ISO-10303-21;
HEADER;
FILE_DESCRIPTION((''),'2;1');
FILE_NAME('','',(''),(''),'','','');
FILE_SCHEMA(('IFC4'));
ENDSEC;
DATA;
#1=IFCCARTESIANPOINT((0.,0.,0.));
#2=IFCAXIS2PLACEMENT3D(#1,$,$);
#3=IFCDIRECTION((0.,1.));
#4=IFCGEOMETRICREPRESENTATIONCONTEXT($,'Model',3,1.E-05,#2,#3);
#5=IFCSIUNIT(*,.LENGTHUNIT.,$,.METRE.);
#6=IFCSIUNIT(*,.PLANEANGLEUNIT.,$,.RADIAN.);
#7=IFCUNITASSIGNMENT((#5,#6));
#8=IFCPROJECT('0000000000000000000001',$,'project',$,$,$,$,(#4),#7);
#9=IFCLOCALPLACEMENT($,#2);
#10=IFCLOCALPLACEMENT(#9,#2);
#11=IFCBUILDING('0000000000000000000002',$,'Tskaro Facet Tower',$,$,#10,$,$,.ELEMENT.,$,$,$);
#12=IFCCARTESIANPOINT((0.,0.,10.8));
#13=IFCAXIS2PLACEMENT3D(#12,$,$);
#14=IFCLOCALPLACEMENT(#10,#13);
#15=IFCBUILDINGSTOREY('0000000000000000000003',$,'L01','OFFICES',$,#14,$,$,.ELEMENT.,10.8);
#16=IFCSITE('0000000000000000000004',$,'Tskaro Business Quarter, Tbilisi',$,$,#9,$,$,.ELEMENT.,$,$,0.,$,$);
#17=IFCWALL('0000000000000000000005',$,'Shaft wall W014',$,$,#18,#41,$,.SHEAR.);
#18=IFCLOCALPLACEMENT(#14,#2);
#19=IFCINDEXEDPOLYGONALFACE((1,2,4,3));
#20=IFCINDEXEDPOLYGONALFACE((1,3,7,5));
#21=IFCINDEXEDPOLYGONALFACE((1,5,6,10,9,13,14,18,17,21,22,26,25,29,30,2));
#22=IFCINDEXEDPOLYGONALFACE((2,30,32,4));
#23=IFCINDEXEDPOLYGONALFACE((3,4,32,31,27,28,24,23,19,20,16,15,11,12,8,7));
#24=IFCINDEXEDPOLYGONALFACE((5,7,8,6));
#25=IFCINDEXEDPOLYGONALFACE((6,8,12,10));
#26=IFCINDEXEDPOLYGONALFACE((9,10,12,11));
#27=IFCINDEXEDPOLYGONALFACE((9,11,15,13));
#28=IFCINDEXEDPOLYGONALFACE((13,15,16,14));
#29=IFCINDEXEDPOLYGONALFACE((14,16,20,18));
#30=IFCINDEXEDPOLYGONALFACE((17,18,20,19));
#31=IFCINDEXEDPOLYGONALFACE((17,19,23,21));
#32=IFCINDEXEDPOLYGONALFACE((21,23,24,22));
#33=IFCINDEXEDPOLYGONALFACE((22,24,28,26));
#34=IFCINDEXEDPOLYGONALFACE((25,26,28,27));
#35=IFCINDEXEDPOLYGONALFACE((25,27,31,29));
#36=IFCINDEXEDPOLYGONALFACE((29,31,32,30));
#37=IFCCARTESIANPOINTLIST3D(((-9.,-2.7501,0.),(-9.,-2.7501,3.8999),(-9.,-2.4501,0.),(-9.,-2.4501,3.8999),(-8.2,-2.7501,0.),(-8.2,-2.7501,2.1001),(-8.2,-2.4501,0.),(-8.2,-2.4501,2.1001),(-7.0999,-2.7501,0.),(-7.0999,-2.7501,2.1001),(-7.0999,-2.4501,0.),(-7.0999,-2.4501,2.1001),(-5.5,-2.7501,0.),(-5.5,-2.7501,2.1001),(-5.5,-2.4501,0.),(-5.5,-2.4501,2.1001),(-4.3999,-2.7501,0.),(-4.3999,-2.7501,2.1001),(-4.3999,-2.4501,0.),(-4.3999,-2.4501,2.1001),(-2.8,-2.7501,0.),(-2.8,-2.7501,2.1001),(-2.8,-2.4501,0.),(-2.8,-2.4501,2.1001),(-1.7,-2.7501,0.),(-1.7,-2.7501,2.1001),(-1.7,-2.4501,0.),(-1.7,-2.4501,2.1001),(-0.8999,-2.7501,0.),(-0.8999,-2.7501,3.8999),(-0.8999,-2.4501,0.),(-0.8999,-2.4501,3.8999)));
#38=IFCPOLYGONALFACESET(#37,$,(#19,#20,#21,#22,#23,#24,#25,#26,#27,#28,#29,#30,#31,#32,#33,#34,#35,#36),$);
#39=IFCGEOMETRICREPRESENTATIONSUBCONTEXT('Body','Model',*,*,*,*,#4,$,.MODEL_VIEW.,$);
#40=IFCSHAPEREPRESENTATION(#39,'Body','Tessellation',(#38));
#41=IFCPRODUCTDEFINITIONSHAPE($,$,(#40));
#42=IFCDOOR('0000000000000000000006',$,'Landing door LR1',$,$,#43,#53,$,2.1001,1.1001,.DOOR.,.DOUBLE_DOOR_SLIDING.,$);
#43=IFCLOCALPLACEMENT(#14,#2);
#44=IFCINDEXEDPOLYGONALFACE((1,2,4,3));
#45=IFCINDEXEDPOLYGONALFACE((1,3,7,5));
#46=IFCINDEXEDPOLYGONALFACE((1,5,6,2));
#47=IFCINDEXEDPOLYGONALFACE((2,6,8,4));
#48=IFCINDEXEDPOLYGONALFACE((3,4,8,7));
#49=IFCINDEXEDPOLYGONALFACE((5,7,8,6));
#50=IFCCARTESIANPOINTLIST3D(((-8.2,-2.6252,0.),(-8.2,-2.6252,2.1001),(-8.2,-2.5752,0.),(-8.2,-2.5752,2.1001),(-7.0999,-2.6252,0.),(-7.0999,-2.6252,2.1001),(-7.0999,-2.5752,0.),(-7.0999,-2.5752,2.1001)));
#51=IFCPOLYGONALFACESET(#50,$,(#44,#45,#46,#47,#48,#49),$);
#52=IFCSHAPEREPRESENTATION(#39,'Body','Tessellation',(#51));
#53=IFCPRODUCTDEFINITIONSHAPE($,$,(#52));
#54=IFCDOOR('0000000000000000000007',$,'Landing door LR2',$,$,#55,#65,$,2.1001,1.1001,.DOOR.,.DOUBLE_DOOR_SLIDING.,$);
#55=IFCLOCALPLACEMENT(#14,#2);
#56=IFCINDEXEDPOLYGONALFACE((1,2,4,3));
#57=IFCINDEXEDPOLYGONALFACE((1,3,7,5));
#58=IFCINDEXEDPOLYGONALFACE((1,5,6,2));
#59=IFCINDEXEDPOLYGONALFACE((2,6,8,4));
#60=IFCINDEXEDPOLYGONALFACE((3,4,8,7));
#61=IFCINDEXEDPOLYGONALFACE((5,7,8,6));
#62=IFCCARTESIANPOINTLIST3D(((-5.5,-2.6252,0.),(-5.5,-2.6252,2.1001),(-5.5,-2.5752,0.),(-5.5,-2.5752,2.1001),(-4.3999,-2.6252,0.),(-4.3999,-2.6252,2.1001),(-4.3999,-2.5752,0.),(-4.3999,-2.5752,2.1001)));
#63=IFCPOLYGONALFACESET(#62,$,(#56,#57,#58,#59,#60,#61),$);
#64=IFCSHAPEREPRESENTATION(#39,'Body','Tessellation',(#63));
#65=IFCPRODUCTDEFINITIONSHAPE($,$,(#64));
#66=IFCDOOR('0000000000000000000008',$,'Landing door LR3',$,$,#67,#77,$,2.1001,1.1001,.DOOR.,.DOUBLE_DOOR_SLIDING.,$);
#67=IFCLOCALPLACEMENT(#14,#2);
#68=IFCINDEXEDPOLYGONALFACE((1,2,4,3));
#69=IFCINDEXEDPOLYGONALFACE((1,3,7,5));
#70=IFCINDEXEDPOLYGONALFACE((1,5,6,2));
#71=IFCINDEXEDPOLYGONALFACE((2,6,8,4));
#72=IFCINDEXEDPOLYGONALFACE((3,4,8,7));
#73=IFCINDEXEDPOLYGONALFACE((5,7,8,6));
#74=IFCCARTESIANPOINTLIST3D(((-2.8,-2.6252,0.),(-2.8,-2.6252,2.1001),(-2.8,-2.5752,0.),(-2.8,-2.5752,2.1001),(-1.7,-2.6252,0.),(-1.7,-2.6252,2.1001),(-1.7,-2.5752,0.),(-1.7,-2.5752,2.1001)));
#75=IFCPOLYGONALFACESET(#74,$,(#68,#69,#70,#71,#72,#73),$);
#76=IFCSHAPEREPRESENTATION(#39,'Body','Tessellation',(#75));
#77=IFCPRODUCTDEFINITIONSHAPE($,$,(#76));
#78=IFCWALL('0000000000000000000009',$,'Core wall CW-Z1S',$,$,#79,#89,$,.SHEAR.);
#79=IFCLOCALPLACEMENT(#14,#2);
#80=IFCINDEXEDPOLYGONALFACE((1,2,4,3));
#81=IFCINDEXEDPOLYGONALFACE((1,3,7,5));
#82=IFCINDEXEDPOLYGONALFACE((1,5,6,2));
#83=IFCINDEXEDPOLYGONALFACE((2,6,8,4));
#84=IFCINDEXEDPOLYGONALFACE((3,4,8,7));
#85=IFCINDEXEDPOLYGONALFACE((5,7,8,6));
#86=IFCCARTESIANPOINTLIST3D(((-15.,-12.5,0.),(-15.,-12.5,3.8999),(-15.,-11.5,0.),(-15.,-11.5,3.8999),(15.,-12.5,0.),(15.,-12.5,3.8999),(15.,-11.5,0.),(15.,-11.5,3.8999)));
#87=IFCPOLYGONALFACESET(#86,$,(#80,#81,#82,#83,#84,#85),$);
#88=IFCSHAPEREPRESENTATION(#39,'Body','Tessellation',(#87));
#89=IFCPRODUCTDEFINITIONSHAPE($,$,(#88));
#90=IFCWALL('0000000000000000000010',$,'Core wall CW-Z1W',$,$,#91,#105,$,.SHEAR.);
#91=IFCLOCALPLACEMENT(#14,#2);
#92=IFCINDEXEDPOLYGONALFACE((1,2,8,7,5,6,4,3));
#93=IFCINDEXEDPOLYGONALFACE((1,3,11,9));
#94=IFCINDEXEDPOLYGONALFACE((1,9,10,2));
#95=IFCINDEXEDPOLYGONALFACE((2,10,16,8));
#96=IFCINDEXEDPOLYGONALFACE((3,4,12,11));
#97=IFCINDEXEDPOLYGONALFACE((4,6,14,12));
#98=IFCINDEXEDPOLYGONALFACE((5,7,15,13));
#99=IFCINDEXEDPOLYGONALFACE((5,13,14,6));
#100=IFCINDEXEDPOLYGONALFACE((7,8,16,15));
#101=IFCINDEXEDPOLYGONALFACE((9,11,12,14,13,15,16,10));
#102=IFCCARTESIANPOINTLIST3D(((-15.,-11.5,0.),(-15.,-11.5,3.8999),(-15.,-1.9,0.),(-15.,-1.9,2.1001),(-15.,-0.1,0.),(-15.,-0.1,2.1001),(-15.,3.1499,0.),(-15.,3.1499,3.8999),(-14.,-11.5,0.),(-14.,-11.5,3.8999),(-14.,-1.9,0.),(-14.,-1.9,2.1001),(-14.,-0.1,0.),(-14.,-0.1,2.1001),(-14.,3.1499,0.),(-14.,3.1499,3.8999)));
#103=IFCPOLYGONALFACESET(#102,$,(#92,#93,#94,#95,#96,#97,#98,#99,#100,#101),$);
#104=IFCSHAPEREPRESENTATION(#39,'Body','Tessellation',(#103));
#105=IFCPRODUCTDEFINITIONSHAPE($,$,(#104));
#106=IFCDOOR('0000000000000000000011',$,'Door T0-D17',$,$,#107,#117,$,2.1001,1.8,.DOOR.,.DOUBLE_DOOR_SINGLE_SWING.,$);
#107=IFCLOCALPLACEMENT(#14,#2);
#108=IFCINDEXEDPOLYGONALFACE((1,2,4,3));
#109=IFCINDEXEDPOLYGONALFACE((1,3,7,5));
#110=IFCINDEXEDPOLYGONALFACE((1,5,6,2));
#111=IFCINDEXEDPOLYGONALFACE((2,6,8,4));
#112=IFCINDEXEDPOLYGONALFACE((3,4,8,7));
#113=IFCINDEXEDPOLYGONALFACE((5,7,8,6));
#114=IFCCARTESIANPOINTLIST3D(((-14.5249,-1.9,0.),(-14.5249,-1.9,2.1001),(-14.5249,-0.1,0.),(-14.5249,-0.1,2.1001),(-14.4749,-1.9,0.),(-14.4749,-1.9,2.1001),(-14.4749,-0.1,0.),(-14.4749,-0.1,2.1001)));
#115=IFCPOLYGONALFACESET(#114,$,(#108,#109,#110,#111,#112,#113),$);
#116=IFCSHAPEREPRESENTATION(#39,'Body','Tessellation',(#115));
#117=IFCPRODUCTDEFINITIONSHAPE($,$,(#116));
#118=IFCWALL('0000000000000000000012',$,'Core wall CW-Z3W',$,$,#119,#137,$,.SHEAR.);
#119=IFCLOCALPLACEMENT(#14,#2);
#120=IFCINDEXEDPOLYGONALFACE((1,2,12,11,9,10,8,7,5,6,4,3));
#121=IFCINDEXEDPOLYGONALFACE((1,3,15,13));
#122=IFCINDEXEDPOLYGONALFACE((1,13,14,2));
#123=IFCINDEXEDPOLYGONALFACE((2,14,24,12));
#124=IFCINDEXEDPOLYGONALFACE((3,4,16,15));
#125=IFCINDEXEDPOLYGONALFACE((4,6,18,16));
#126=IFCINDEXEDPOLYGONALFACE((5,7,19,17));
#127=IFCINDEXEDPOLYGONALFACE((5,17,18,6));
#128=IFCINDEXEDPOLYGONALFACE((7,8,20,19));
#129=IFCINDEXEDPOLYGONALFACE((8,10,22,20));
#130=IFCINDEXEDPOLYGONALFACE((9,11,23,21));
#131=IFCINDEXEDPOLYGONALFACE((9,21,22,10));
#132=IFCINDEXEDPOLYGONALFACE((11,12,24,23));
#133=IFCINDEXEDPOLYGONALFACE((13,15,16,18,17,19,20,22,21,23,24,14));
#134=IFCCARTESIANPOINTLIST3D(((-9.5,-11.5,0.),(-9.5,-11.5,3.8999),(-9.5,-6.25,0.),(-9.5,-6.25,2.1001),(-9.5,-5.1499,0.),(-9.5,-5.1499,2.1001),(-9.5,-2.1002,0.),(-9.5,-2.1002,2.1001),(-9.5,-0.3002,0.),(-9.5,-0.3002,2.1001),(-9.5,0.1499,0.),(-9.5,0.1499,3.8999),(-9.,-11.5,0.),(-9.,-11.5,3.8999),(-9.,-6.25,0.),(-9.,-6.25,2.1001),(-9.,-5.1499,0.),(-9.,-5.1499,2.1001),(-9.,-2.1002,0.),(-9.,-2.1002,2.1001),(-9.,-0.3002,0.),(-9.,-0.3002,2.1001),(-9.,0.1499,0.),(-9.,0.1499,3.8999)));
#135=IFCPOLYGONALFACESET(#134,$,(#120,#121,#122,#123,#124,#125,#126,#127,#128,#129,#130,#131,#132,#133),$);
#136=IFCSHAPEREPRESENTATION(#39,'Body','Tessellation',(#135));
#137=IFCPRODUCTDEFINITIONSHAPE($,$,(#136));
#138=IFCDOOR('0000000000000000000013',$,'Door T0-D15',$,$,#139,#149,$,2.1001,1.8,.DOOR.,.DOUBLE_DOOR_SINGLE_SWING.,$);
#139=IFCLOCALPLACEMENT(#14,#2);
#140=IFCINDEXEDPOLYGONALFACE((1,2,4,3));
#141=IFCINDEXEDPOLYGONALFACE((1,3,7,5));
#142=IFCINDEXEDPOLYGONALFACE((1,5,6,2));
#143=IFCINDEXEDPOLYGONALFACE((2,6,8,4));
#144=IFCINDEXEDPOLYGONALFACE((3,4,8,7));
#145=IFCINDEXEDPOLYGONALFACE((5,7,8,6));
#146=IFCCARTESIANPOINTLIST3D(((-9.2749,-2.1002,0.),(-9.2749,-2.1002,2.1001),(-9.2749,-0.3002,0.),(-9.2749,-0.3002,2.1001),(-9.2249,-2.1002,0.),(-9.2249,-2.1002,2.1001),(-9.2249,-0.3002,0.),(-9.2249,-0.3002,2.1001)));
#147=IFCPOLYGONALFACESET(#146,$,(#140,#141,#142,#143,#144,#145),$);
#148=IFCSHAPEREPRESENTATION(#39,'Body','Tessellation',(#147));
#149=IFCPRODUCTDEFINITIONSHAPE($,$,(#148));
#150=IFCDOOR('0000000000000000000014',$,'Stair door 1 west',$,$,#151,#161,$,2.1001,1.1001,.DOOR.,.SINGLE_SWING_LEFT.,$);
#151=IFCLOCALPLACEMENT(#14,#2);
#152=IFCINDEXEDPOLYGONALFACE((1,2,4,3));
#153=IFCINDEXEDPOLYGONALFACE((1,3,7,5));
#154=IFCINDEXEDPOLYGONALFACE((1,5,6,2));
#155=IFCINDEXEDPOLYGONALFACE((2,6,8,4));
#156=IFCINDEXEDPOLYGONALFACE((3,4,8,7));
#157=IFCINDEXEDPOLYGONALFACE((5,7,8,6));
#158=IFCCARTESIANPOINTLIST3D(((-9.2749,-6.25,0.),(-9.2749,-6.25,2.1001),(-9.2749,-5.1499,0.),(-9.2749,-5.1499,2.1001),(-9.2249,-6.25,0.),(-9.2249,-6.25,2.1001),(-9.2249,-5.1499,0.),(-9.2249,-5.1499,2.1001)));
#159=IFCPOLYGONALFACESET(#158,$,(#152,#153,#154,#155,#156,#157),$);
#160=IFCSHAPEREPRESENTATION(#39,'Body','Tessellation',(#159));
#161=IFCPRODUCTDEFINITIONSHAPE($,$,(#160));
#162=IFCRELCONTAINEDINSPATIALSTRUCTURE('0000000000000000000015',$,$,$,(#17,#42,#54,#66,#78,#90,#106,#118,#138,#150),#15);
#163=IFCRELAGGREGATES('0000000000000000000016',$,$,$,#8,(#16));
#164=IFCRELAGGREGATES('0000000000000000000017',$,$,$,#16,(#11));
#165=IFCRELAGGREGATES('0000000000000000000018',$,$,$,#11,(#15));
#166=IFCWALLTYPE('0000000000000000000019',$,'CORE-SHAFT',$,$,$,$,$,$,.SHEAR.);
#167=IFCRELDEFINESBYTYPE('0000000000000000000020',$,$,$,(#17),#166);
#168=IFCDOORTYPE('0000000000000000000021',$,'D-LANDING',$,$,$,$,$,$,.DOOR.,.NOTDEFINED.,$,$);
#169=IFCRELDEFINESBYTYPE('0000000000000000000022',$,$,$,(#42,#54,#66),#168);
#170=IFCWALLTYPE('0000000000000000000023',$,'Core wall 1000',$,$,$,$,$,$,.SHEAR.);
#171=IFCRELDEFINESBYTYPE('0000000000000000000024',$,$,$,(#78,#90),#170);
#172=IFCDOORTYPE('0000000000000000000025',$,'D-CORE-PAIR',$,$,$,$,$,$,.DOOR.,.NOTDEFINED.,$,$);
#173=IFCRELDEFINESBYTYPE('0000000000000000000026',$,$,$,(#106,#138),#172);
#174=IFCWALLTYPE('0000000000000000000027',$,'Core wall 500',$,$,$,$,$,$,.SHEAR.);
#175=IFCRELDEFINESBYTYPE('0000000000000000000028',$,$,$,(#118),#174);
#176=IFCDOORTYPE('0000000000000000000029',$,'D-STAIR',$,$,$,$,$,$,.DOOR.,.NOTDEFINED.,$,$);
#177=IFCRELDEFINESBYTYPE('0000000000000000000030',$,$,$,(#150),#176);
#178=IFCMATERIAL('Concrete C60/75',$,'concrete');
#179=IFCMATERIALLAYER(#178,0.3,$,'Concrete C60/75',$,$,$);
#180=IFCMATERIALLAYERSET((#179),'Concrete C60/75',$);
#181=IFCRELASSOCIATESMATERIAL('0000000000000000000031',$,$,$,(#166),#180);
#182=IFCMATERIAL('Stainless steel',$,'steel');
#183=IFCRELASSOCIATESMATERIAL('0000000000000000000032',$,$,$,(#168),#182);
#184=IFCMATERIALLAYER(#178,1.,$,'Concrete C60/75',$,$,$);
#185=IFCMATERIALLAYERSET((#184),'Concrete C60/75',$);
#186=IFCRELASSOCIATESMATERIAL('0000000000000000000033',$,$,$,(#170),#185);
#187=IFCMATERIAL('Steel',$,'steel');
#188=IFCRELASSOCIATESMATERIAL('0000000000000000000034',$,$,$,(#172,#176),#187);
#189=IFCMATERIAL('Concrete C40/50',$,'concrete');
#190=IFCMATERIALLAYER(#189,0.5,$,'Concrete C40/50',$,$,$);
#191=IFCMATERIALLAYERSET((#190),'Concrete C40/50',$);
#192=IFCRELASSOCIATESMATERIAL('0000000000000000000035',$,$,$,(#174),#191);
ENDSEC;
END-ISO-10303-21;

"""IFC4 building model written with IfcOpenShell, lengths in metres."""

from ifc_helpers import new_model, si_unit, direction, frame, frame_2d, origin, place, context, subcontext, project, spatial, rectangle, extrude, material, layer, layer_set, type_object, element, fill, save


model = new_model("IFC4")

# Units and contexts
model_context = context("Model", 3, precision=1e-05, world=origin(), true_north=direction((0.0, 1.0)))
body_context = subcontext(model_context, "Body", "Model", "MODEL_VIEW")
ifc_project = project(units=[si_unit("LENGTHUNIT", "METRE"), si_unit("PLANEANGLEUNIT", "RADIAN")], contexts=[model_context])

# Site, building, storey
site_placement = place(None, origin())
site = spatial("IfcSite", under=ifc_project, at=site_placement, Name="Tskaro Business Quarter, Tbilisi", CompositionType="ELEMENT", RefElevation=0.0)
building_placement = place(site_placement, origin())
building = spatial("IfcBuilding", under=site, at=building_placement, Name="Tskaro Facet Tower", CompositionType="ELEMENT")
storey_placement = place(building_placement, frame((0.0, 0.0, 10.8)))
storey = spatial("IfcBuildingStorey", under=building, at=storey_placement, Name="L01", Description="OFFICES", CompositionType="ELEMENT", Elevation=10.8)

# Shared definitions
ifc_material_1 = material(Name="Concrete C60/75", Category="concrete")
ifc_layer_1 = layer(ifc_material_1, 0.3, Name="Concrete C60/75")
ifc_layer_set_1 = layer_set([ifc_layer_1], Name="Concrete C60/75")
wall_type_1 = type_object("IfcWallType", Name="CORE-SHAFT", PredefinedType="SHEAR", material=ifc_layer_set_1)

# Wall, openings, doors
wall_1_placement = place(storey_placement, frame((-9.0, -2.6001, 0.0), z_axis=(0.0, 0.0, 1.0), x_axis=(1.0, 0.0, 0.0)))
wall_1 = element("IfcWall", 1, at=wall_1_placement, inside=storey, type_object=wall_type_1, Name="Shaft wall W014", PredefinedType="SHEAR", context=body_context, shape_type="SweptSolid", body=[
    extrude(rectangle(XDim=8.1001, YDim=0.3, at=frame_2d((4.05, 0.0))), origin(), (0.0, 0.0, 1.0), 3.8999),
])
opening_1_placement = place(wall_1_placement, frame((0.8, 0.0, 0.0)))
opening_1 = element("IfcOpeningElement", 2, at=opening_1_placement, cuts=wall_1, PredefinedType="OPENING", context=body_context, shape_type="SweptSolid", body=[
    extrude(rectangle(XDim=1.1001, YDim=2.1001, at=frame_2d((0.55, 1.05))), frame((0.0, 0.1599, 0.0), z_axis=(0.0, -1.0, 0.0), x_axis=(1.0, 0.0, 0.0)), (0.0, 0.0, 1.0), 0.3201),
])
opening_2_placement = place(wall_1_placement, frame((3.5, 0.0, 0.0)))
opening_2 = element("IfcOpeningElement", 3, at=opening_2_placement, cuts=wall_1, PredefinedType="OPENING", context=body_context, shape_type="SweptSolid", body=[
    extrude(rectangle(XDim=1.1001, YDim=2.1001, at=frame_2d((0.55, 1.05))), frame((0.0, 0.1599, 0.0), z_axis=(0.0, -1.0, 0.0), x_axis=(1.0, 0.0, 0.0)), (0.0, 0.0, 1.0), 0.3201),
])
opening_3_placement = place(wall_1_placement, frame((6.2, 0.0, 0.0)))
opening_3 = element("IfcOpeningElement", 4, at=opening_3_placement, cuts=wall_1, PredefinedType="OPENING", context=body_context, shape_type="SweptSolid", body=[
    extrude(rectangle(XDim=1.1001, YDim=2.1001, at=frame_2d((0.55, 1.05))), frame((0.0, 0.1599, 0.0), z_axis=(0.0, -1.0, 0.0), x_axis=(1.0, 0.0, 0.0)), (0.0, 0.0, 1.0), 0.3201),
])
ifc_material_2 = material(Name="Stainless steel", Category="steel")
door_type_1 = type_object("IfcDoorType", Name="D-LANDING", OperationType="NOTDEFINED", PredefinedType="DOOR", material=ifc_material_2)
door_1_placement = place(opening_1_placement, origin())
door_1 = element("IfcDoor", 5, at=door_1_placement, inside=storey, type_object=door_type_1, Name="Landing door LR1", OperationType="DOUBLE_DOOR_SLIDING", OverallHeight=2.1001, OverallWidth=1.1001, PredefinedType="DOOR", context=body_context, shape_type="SweptSolid", body=[
    extrude(rectangle(XDim=1.1001, YDim=2.1001, at=frame_2d((0.55, 1.05))), frame((0.0, 0.0249, 0.0), z_axis=(0.0, -1.0, 0.0), x_axis=(1.0, 0.0, 0.0)), (0.0, 0.0, 1.0), 0.05),
])
fill(opening_1, door_1)
door_2_placement = place(opening_2_placement, origin())
door_2 = element("IfcDoor", 6, at=door_2_placement, inside=storey, type_object=door_type_1, Name="Landing door LR2", OperationType="DOUBLE_DOOR_SLIDING", OverallHeight=2.1001, OverallWidth=1.1001, PredefinedType="DOOR", context=body_context, shape_type="SweptSolid", body=[
    extrude(rectangle(XDim=1.1001, YDim=2.1001, at=frame_2d((0.55, 1.05))), frame((0.0, 0.0249, 0.0), z_axis=(0.0, -1.0, 0.0), x_axis=(1.0, 0.0, 0.0)), (0.0, 0.0, 1.0), 0.05),
])
fill(opening_2, door_2)
door_3_placement = place(opening_3_placement, origin())
door_3 = element("IfcDoor", 7, at=door_3_placement, inside=storey, type_object=door_type_1, Name="Landing door LR3", OperationType="DOUBLE_DOOR_SLIDING", OverallHeight=2.1001, OverallWidth=1.1001, PredefinedType="DOOR", context=body_context, shape_type="SweptSolid", body=[
    extrude(rectangle(XDim=1.1001, YDim=2.1001, at=frame_2d((0.55, 1.05))), frame((0.0, 0.0249, 0.0), z_axis=(0.0, -1.0, 0.0), x_axis=(1.0, 0.0, 0.0)), (0.0, 0.0, 1.0), 0.05),
])
fill(opening_3, door_3)

# Wall
ifc_layer_2 = layer(ifc_material_1, 1.0, Name="Concrete C60/75")
ifc_layer_set_2 = layer_set([ifc_layer_2], Name="Concrete C60/75")
wall_type_2 = type_object("IfcWallType", Name="Core wall 1000", PredefinedType="SHEAR", material=ifc_layer_set_2)
wall_2_placement = place(storey_placement, frame((-15.0, -12.0, 0.0), z_axis=(0.0, 0.0, 1.0), x_axis=(1.0, 0.0, 0.0)))
element("IfcWall", 8, at=wall_2_placement, inside=storey, type_object=wall_type_2, Name="Core wall CW-Z1S", PredefinedType="SHEAR", context=body_context, shape_type="SweptSolid", body=[
    extrude(rectangle(XDim=30.0, YDim=1.0, at=frame_2d((15.0, 0.0))), origin(), (0.0, 0.0, 1.0), 3.8999),
])

# Wall, opening, door
wall_3_placement = place(storey_placement, frame((-14.5, -11.5, 0.0), z_axis=(0.0, 0.0, 1.0), x_axis=(0.0, 1.0, 0.0)))
wall_3 = element("IfcWall", 9, at=wall_3_placement, inside=storey, type_object=wall_type_2, Name="Core wall CW-Z1W", PredefinedType="SHEAR", context=body_context, shape_type="SweptSolid", body=[
    extrude(rectangle(XDim=14.6499, YDim=1.0, at=frame_2d((7.325, 0.0))), origin(), (0.0, 0.0, 1.0), 3.8999),
])
opening_4_placement = place(wall_3_placement, frame((9.6001, 0.0, 0.0)))
opening_4 = element("IfcOpeningElement", 10, at=opening_4_placement, cuts=wall_3, PredefinedType="OPENING", context=body_context, shape_type="SweptSolid", body=[
    extrude(rectangle(XDim=1.8, YDim=2.1001, at=frame_2d((0.8999, 1.05))), frame((0.0, 0.51, 0.0), z_axis=(0.0, -1.0, 0.0), x_axis=(1.0, 0.0, 0.0)), (0.0, 0.0, 1.0), 1.02),
])
ifc_material_3 = material(Name="Steel", Category="steel")
door_type_2 = type_object("IfcDoorType", Name="D-CORE-PAIR", OperationType="NOTDEFINED", PredefinedType="DOOR", material=ifc_material_3)
door_4_placement = place(opening_4_placement, origin())
door_4 = element("IfcDoor", 11, at=door_4_placement, inside=storey, type_object=door_type_2, Name="Door T0-D17", OperationType="DOUBLE_DOOR_SINGLE_SWING", OverallHeight=2.1001, OverallWidth=1.8, PredefinedType="DOOR", context=body_context, shape_type="SweptSolid", body=[
    extrude(rectangle(XDim=1.8, YDim=2.1001, at=frame_2d((0.8999, 1.05))), frame((0.0, 0.0249, 0.0), z_axis=(0.0, -1.0, 0.0), x_axis=(1.0, 0.0, 0.0)), (0.0, 0.0, 1.0), 0.05),
])
fill(opening_4, door_4)

# Wall, openings, doors
ifc_material_4 = material(Name="Concrete C40/50", Category="concrete")
ifc_layer_3 = layer(ifc_material_4, 0.5, Name="Concrete C40/50")
ifc_layer_set_3 = layer_set([ifc_layer_3], Name="Concrete C40/50")
wall_type_3 = type_object("IfcWallType", Name="Core wall 500", PredefinedType="SHEAR", material=ifc_layer_set_3)
wall_4_placement = place(storey_placement, frame((-9.25, -11.5, 0.0), z_axis=(0.0, 0.0, 1.0), x_axis=(0.0, 1.0, 0.0)))
wall_4 = element("IfcWall", 12, at=wall_4_placement, inside=storey, type_object=wall_type_3, Name="Core wall CW-Z3W", PredefinedType="SHEAR", context=body_context, shape_type="SweptSolid", body=[
    extrude(rectangle(XDim=11.6499, YDim=0.5, at=frame_2d((5.825, 0.0))), origin(), (0.0, 0.0, 1.0), 3.8999),
])
opening_5_placement = place(wall_4_placement, frame((9.3999, 0.0, 0.0)))
opening_5 = element("IfcOpeningElement", 13, at=opening_5_placement, cuts=wall_4, PredefinedType="OPENING", context=body_context, shape_type="SweptSolid", body=[
    extrude(rectangle(XDim=1.8, YDim=2.1001, at=frame_2d((0.8999, 1.05))), frame((0.0, 0.26, 0.0), z_axis=(0.0, -1.0, 0.0), x_axis=(1.0, 0.0, 0.0)), (0.0, 0.0, 1.0), 0.52),
])
opening_6_placement = place(wall_4_placement, frame((5.25, 0.0, 0.0)))
opening_6 = element("IfcOpeningElement", 14, at=opening_6_placement, cuts=wall_4, PredefinedType="OPENING", context=body_context, shape_type="SweptSolid", body=[
    extrude(rectangle(XDim=1.1001, YDim=2.1001, at=frame_2d((0.55, 1.05))), frame((0.0, 0.26, 0.0), z_axis=(0.0, -1.0, 0.0), x_axis=(1.0, 0.0, 0.0)), (0.0, 0.0, 1.0), 0.52),
])
door_5_placement = place(opening_5_placement, origin())
door_5 = element("IfcDoor", 15, at=door_5_placement, inside=storey, type_object=door_type_2, Name="Door T0-D15", OperationType="DOUBLE_DOOR_SINGLE_SWING", OverallHeight=2.1001, OverallWidth=1.8, PredefinedType="DOOR", context=body_context, shape_type="SweptSolid", body=[
    extrude(rectangle(XDim=1.8, YDim=2.1001, at=frame_2d((0.8999, 1.05))), frame((0.0, 0.0249, 0.0), z_axis=(0.0, -1.0, 0.0), x_axis=(1.0, 0.0, 0.0)), (0.0, 0.0, 1.0), 0.05),
])
fill(opening_5, door_5)
door_type_3 = type_object("IfcDoorType", Name="D-STAIR", OperationType="NOTDEFINED", PredefinedType="DOOR", material=ifc_material_3)
door_6_placement = place(opening_6_placement, origin())
door_6 = element("IfcDoor", 16, at=door_6_placement, inside=storey, type_object=door_type_3, Name="Stair door 1 west", OperationType="SINGLE_SWING_LEFT", OverallHeight=2.1001, OverallWidth=1.1001, PredefinedType="DOOR", context=body_context, shape_type="SweptSolid", body=[
    extrude(rectangle(XDim=1.1001, YDim=2.1001, at=frame_2d((0.55, 1.05))), frame((0.0, 0.0249, 0.0), z_axis=(0.0, -1.0, 0.0), x_axis=(1.0, 0.0, 0.0)), (0.0, 0.0, 1.0), 0.05),
])
fill(opening_6, door_6)

save(model, "model.ifc")
